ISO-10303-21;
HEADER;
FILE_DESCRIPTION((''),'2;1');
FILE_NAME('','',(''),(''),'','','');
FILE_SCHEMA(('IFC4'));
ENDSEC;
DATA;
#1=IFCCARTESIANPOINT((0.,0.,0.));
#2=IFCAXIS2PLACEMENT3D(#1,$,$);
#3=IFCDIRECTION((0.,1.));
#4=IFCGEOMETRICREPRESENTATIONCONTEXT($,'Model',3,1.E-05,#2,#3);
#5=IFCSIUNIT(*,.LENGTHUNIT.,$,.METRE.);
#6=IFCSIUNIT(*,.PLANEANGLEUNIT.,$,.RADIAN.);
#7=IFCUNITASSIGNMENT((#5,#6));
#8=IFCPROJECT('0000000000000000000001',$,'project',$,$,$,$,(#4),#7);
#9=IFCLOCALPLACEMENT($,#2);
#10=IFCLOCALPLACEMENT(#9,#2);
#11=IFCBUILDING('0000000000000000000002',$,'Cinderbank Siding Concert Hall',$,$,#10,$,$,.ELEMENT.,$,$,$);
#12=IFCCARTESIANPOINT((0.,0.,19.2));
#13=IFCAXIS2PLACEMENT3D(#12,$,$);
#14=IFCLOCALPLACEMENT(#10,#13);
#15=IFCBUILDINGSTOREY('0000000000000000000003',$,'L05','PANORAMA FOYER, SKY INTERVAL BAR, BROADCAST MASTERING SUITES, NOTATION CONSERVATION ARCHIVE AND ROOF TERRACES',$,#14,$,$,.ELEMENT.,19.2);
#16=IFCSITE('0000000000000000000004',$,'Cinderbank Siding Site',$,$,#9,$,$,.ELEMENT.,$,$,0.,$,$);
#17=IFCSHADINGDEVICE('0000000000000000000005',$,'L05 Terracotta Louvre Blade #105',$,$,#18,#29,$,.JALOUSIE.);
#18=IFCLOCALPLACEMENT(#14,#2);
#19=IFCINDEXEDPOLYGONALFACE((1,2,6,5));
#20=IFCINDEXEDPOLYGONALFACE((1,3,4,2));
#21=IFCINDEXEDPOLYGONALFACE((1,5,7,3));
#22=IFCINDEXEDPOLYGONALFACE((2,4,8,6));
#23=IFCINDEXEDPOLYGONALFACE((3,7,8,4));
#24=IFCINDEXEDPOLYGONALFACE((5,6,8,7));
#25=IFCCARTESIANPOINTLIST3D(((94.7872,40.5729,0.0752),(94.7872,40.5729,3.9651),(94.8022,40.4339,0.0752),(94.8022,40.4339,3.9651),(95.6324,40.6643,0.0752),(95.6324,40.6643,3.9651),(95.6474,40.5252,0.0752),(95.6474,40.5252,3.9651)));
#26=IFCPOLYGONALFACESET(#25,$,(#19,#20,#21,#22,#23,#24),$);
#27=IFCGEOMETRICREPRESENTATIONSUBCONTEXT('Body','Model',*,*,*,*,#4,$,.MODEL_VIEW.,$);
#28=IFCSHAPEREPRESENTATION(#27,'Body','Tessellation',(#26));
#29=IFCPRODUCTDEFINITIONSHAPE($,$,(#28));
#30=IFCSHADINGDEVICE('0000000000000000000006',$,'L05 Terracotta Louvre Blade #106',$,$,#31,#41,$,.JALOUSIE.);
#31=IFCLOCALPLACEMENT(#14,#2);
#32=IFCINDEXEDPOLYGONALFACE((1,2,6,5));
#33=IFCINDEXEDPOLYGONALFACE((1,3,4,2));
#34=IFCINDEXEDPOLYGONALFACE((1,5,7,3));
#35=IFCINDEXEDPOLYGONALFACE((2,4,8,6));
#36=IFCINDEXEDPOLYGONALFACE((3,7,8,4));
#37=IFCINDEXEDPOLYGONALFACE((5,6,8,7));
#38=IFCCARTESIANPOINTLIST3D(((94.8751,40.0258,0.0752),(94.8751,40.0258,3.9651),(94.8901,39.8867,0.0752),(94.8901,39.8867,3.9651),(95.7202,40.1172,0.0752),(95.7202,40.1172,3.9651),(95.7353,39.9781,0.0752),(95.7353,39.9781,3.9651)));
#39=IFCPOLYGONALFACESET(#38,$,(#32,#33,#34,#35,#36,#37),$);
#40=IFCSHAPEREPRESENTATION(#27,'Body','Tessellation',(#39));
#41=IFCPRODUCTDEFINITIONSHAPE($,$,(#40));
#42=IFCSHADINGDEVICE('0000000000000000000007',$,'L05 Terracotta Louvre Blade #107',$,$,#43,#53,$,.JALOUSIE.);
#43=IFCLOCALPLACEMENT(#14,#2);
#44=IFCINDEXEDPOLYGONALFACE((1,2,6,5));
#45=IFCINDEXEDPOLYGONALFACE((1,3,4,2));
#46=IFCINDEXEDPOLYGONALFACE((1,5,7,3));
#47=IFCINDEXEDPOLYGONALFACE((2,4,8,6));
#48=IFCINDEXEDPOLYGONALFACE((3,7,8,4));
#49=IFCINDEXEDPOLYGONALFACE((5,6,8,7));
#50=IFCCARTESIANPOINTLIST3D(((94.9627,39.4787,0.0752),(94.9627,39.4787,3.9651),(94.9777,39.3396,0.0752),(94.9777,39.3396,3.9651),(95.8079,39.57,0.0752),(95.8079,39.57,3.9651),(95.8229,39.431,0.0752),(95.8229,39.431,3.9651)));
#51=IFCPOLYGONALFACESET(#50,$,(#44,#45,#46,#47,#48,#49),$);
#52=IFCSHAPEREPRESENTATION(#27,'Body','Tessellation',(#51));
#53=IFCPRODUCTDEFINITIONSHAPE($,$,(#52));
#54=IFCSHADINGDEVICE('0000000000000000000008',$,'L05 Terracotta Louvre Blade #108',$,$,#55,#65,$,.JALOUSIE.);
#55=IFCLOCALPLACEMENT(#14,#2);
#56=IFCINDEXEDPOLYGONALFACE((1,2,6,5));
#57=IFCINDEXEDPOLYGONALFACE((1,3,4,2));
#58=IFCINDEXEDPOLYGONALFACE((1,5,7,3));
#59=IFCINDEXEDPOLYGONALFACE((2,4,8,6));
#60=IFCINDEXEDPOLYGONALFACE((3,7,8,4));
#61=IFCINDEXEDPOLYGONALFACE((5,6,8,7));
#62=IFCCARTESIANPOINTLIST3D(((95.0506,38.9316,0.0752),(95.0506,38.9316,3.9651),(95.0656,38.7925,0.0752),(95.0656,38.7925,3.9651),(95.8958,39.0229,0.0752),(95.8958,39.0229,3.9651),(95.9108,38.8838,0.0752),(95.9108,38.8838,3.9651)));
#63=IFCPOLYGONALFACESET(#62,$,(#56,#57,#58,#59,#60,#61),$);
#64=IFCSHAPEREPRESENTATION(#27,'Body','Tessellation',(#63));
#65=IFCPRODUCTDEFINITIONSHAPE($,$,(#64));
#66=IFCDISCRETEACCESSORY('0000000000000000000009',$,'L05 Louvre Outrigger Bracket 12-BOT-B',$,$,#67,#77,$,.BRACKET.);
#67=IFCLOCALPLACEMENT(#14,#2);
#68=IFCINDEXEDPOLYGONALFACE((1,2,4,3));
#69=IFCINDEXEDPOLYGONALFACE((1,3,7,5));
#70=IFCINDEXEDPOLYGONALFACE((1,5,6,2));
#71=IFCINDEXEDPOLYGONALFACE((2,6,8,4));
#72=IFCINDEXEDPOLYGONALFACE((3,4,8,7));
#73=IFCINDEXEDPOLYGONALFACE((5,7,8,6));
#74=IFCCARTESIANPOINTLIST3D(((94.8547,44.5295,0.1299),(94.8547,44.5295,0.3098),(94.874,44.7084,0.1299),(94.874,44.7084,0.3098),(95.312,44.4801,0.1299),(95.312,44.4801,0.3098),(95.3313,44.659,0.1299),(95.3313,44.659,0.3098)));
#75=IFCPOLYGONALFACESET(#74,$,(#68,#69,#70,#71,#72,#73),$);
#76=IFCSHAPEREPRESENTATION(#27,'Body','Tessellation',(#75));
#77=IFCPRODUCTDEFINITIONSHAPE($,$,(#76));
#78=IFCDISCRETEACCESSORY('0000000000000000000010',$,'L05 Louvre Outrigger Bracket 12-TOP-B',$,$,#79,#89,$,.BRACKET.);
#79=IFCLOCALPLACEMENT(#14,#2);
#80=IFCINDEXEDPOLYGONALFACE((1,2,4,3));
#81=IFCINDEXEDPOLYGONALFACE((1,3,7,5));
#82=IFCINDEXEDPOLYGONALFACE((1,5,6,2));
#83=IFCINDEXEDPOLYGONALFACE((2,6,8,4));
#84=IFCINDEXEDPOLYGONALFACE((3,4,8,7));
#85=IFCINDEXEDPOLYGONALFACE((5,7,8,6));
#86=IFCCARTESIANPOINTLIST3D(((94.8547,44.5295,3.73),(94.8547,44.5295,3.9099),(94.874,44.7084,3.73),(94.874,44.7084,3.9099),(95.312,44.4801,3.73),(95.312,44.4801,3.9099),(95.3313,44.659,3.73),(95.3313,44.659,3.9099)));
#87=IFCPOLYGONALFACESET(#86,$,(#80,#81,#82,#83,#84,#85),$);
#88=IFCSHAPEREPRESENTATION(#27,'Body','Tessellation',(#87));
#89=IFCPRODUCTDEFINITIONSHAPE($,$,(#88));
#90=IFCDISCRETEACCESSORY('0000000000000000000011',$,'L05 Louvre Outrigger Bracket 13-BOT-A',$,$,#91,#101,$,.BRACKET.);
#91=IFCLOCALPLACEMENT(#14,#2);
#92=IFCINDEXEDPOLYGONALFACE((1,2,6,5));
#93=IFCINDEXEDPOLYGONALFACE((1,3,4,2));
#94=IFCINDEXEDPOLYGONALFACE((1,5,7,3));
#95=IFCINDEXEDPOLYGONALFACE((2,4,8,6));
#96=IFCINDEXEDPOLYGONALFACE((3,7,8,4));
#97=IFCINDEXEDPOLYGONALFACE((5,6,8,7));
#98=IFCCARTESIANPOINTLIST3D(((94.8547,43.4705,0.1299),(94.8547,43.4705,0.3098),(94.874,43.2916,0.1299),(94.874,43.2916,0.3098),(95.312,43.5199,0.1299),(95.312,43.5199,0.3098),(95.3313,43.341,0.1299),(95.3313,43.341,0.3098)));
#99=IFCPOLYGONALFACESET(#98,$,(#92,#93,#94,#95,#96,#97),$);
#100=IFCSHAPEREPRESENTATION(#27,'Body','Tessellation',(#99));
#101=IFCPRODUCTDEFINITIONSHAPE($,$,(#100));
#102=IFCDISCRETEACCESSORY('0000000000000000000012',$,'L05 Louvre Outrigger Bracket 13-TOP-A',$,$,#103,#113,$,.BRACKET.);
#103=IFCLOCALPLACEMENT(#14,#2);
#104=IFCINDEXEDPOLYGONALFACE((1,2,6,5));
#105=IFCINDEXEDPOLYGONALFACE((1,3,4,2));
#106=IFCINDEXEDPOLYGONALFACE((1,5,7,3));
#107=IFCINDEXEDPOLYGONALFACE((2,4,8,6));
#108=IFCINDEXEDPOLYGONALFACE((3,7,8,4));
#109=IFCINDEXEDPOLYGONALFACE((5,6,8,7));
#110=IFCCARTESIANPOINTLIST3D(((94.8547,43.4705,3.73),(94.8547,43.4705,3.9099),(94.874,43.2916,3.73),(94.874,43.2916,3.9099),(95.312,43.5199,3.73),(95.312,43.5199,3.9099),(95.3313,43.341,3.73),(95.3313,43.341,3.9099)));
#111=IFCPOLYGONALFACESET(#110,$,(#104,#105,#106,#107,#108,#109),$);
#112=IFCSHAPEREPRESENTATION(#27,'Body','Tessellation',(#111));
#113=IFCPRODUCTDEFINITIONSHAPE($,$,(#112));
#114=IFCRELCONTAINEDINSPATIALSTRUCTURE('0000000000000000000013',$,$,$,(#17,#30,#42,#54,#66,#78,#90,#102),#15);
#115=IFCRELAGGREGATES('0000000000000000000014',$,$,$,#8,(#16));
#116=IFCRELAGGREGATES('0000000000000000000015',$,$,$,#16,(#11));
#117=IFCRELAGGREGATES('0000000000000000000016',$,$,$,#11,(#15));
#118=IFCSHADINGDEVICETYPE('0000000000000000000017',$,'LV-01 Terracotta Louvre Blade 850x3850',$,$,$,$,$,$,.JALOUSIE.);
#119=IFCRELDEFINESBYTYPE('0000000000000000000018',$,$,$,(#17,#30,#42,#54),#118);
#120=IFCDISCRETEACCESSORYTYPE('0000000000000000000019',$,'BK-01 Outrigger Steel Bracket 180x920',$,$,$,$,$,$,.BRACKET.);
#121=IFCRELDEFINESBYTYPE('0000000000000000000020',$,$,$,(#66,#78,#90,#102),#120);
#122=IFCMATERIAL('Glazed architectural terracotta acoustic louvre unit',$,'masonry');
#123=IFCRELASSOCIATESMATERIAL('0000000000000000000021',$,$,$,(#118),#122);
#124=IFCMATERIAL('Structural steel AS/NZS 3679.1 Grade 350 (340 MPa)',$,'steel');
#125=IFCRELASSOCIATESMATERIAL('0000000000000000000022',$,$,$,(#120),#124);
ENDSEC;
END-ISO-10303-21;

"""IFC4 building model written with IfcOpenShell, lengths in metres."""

from ifc_helpers import new_model, si_unit, direction, frame, origin, origin_2d, place, context, subcontext, project, spatial, rectangle, extrude, material, type_object, element, save


model = new_model("IFC4")

# Units and contexts
model_context = context("Model", 3, precision=1e-05, world=origin(), true_north=direction((0.0, 1.0)))
body_context = subcontext(model_context, "Body", "Model", "MODEL_VIEW")
ifc_project = project(units=[si_unit("LENGTHUNIT", "METRE"), si_unit("PLANEANGLEUNIT", "RADIAN")], contexts=[model_context])

# Site, building, storey
site_placement = place(None, origin())
site = spatial("IfcSite", under=ifc_project, at=site_placement, Name="Cinderbank Siding Site", CompositionType="ELEMENT", RefElevation=0.0)
building_placement = place(site_placement, origin())
building = spatial("IfcBuilding", under=site, at=building_placement, Name="Cinderbank Siding Concert Hall", CompositionType="ELEMENT")
storey_placement = place(building_placement, frame((0.0, 0.0, 19.2)))
storey = spatial("IfcBuildingStorey", under=building, at=storey_placement, Name="L05", Description="PANORAMA FOYER, SKY INTERVAL BAR, BROADCAST MASTERING SUITES, NOTATION CONSERVATION ARCHIVE AND ROOF TERRACES", CompositionType="ELEMENT", Elevation=19.2)

# Shared definitions
ifc_material_1 = material(Name="Structural steel AS/NZS 3679.1 Grade 350 (340 MPa)", Category="steel")

# Shading devices
ifc_material_2 = material(Name="Glazed architectural terracotta acoustic louvre unit", Category="masonry")
shading_device_type = type_object("IfcShadingDeviceType", Name="LV-01 Terracotta Louvre Blade 850x3850", PredefinedType="JALOUSIE", material=ifc_material_2)
for number, where, z_axis, x_axis, name in (
    (1, (95.2173, 40.5491, 0.0752), (0.0, 0.0, 1.0), (-0.994211, -0.107447, 0.0), "L05 Terracotta Louvre Blade #105"),
    (2, (95.3052, 40.002, 0.0752), (0.0, 0.0, 1.0), (-0.994211, -0.107447, 0.0), "L05 Terracotta Louvre Blade #106"),
    (3, (95.3928, 39.4548, 0.0752), (0.0, 0.0, 1.0), (-0.994211, -0.107447, 0.0), "L05 Terracotta Louvre Blade #107"),
    (4, (95.4807, 38.9077, 0.0752), (0.0, 0.0, 1.0), (-0.994211, -0.107447, 0.0), "L05 Terracotta Louvre Blade #108"),
):
    element("IfcShadingDevice", number, at=place(storey_placement, frame(where, z_axis=z_axis, x_axis=x_axis)), inside=storey, type_object=shading_device_type, Name=name, PredefinedType="JALOUSIE", context=body_context, shape_type="SweptSolid", body=[
        extrude(rectangle(XDim=0.8501, YDim=0.1399, at=origin_2d()), origin(), (0.0, 0.0, 1.0), 3.8899),
    ])

# Discrete accessories
discrete_accessory_type = type_object("IfcDiscreteAccessoryType", Name="BK-01 Outrigger Steel Bracket 180x920", PredefinedType="BRACKET", material=ifc_material_1)
for number, where, z_axis, x_axis, name in (
    (5, (95.093, 44.5942, 0.1299), (0.0, 0.0, 1.0), (-0.994211, 0.107447, 0.0), "L05 Louvre Outrigger Bracket 12-BOT-B"),
    (6, (95.093, 44.5942, 3.73), (0.0, 0.0, 1.0), (-0.994211, 0.107447, 0.0), "L05 Louvre Outrigger Bracket 12-TOP-B"),
    (7, (95.093, 43.4058, 0.1299), (0.0, 0.0, 1.0), (-0.994211, -0.107447, 0.0), "L05 Louvre Outrigger Bracket 13-BOT-A"),
    (8, (95.093, 43.4058, 3.73), (0.0, 0.0, 1.0), (-0.994211, -0.107447, 0.0), "L05 Louvre Outrigger Bracket 13-TOP-A"),
):
    element("IfcDiscreteAccessory", number, at=place(storey_placement, frame(where, z_axis=z_axis, x_axis=x_axis)), inside=storey, type_object=discrete_accessory_type, Name=name, PredefinedType="BRACKET", context=body_context, shape_type="SweptSolid", body=[
        extrude(rectangle(XDim=0.46, YDim=0.1799, at=origin_2d()), origin(), (0.0, 0.0, 1.0), 0.1799),
    ])

save(model, "model.ifc")
